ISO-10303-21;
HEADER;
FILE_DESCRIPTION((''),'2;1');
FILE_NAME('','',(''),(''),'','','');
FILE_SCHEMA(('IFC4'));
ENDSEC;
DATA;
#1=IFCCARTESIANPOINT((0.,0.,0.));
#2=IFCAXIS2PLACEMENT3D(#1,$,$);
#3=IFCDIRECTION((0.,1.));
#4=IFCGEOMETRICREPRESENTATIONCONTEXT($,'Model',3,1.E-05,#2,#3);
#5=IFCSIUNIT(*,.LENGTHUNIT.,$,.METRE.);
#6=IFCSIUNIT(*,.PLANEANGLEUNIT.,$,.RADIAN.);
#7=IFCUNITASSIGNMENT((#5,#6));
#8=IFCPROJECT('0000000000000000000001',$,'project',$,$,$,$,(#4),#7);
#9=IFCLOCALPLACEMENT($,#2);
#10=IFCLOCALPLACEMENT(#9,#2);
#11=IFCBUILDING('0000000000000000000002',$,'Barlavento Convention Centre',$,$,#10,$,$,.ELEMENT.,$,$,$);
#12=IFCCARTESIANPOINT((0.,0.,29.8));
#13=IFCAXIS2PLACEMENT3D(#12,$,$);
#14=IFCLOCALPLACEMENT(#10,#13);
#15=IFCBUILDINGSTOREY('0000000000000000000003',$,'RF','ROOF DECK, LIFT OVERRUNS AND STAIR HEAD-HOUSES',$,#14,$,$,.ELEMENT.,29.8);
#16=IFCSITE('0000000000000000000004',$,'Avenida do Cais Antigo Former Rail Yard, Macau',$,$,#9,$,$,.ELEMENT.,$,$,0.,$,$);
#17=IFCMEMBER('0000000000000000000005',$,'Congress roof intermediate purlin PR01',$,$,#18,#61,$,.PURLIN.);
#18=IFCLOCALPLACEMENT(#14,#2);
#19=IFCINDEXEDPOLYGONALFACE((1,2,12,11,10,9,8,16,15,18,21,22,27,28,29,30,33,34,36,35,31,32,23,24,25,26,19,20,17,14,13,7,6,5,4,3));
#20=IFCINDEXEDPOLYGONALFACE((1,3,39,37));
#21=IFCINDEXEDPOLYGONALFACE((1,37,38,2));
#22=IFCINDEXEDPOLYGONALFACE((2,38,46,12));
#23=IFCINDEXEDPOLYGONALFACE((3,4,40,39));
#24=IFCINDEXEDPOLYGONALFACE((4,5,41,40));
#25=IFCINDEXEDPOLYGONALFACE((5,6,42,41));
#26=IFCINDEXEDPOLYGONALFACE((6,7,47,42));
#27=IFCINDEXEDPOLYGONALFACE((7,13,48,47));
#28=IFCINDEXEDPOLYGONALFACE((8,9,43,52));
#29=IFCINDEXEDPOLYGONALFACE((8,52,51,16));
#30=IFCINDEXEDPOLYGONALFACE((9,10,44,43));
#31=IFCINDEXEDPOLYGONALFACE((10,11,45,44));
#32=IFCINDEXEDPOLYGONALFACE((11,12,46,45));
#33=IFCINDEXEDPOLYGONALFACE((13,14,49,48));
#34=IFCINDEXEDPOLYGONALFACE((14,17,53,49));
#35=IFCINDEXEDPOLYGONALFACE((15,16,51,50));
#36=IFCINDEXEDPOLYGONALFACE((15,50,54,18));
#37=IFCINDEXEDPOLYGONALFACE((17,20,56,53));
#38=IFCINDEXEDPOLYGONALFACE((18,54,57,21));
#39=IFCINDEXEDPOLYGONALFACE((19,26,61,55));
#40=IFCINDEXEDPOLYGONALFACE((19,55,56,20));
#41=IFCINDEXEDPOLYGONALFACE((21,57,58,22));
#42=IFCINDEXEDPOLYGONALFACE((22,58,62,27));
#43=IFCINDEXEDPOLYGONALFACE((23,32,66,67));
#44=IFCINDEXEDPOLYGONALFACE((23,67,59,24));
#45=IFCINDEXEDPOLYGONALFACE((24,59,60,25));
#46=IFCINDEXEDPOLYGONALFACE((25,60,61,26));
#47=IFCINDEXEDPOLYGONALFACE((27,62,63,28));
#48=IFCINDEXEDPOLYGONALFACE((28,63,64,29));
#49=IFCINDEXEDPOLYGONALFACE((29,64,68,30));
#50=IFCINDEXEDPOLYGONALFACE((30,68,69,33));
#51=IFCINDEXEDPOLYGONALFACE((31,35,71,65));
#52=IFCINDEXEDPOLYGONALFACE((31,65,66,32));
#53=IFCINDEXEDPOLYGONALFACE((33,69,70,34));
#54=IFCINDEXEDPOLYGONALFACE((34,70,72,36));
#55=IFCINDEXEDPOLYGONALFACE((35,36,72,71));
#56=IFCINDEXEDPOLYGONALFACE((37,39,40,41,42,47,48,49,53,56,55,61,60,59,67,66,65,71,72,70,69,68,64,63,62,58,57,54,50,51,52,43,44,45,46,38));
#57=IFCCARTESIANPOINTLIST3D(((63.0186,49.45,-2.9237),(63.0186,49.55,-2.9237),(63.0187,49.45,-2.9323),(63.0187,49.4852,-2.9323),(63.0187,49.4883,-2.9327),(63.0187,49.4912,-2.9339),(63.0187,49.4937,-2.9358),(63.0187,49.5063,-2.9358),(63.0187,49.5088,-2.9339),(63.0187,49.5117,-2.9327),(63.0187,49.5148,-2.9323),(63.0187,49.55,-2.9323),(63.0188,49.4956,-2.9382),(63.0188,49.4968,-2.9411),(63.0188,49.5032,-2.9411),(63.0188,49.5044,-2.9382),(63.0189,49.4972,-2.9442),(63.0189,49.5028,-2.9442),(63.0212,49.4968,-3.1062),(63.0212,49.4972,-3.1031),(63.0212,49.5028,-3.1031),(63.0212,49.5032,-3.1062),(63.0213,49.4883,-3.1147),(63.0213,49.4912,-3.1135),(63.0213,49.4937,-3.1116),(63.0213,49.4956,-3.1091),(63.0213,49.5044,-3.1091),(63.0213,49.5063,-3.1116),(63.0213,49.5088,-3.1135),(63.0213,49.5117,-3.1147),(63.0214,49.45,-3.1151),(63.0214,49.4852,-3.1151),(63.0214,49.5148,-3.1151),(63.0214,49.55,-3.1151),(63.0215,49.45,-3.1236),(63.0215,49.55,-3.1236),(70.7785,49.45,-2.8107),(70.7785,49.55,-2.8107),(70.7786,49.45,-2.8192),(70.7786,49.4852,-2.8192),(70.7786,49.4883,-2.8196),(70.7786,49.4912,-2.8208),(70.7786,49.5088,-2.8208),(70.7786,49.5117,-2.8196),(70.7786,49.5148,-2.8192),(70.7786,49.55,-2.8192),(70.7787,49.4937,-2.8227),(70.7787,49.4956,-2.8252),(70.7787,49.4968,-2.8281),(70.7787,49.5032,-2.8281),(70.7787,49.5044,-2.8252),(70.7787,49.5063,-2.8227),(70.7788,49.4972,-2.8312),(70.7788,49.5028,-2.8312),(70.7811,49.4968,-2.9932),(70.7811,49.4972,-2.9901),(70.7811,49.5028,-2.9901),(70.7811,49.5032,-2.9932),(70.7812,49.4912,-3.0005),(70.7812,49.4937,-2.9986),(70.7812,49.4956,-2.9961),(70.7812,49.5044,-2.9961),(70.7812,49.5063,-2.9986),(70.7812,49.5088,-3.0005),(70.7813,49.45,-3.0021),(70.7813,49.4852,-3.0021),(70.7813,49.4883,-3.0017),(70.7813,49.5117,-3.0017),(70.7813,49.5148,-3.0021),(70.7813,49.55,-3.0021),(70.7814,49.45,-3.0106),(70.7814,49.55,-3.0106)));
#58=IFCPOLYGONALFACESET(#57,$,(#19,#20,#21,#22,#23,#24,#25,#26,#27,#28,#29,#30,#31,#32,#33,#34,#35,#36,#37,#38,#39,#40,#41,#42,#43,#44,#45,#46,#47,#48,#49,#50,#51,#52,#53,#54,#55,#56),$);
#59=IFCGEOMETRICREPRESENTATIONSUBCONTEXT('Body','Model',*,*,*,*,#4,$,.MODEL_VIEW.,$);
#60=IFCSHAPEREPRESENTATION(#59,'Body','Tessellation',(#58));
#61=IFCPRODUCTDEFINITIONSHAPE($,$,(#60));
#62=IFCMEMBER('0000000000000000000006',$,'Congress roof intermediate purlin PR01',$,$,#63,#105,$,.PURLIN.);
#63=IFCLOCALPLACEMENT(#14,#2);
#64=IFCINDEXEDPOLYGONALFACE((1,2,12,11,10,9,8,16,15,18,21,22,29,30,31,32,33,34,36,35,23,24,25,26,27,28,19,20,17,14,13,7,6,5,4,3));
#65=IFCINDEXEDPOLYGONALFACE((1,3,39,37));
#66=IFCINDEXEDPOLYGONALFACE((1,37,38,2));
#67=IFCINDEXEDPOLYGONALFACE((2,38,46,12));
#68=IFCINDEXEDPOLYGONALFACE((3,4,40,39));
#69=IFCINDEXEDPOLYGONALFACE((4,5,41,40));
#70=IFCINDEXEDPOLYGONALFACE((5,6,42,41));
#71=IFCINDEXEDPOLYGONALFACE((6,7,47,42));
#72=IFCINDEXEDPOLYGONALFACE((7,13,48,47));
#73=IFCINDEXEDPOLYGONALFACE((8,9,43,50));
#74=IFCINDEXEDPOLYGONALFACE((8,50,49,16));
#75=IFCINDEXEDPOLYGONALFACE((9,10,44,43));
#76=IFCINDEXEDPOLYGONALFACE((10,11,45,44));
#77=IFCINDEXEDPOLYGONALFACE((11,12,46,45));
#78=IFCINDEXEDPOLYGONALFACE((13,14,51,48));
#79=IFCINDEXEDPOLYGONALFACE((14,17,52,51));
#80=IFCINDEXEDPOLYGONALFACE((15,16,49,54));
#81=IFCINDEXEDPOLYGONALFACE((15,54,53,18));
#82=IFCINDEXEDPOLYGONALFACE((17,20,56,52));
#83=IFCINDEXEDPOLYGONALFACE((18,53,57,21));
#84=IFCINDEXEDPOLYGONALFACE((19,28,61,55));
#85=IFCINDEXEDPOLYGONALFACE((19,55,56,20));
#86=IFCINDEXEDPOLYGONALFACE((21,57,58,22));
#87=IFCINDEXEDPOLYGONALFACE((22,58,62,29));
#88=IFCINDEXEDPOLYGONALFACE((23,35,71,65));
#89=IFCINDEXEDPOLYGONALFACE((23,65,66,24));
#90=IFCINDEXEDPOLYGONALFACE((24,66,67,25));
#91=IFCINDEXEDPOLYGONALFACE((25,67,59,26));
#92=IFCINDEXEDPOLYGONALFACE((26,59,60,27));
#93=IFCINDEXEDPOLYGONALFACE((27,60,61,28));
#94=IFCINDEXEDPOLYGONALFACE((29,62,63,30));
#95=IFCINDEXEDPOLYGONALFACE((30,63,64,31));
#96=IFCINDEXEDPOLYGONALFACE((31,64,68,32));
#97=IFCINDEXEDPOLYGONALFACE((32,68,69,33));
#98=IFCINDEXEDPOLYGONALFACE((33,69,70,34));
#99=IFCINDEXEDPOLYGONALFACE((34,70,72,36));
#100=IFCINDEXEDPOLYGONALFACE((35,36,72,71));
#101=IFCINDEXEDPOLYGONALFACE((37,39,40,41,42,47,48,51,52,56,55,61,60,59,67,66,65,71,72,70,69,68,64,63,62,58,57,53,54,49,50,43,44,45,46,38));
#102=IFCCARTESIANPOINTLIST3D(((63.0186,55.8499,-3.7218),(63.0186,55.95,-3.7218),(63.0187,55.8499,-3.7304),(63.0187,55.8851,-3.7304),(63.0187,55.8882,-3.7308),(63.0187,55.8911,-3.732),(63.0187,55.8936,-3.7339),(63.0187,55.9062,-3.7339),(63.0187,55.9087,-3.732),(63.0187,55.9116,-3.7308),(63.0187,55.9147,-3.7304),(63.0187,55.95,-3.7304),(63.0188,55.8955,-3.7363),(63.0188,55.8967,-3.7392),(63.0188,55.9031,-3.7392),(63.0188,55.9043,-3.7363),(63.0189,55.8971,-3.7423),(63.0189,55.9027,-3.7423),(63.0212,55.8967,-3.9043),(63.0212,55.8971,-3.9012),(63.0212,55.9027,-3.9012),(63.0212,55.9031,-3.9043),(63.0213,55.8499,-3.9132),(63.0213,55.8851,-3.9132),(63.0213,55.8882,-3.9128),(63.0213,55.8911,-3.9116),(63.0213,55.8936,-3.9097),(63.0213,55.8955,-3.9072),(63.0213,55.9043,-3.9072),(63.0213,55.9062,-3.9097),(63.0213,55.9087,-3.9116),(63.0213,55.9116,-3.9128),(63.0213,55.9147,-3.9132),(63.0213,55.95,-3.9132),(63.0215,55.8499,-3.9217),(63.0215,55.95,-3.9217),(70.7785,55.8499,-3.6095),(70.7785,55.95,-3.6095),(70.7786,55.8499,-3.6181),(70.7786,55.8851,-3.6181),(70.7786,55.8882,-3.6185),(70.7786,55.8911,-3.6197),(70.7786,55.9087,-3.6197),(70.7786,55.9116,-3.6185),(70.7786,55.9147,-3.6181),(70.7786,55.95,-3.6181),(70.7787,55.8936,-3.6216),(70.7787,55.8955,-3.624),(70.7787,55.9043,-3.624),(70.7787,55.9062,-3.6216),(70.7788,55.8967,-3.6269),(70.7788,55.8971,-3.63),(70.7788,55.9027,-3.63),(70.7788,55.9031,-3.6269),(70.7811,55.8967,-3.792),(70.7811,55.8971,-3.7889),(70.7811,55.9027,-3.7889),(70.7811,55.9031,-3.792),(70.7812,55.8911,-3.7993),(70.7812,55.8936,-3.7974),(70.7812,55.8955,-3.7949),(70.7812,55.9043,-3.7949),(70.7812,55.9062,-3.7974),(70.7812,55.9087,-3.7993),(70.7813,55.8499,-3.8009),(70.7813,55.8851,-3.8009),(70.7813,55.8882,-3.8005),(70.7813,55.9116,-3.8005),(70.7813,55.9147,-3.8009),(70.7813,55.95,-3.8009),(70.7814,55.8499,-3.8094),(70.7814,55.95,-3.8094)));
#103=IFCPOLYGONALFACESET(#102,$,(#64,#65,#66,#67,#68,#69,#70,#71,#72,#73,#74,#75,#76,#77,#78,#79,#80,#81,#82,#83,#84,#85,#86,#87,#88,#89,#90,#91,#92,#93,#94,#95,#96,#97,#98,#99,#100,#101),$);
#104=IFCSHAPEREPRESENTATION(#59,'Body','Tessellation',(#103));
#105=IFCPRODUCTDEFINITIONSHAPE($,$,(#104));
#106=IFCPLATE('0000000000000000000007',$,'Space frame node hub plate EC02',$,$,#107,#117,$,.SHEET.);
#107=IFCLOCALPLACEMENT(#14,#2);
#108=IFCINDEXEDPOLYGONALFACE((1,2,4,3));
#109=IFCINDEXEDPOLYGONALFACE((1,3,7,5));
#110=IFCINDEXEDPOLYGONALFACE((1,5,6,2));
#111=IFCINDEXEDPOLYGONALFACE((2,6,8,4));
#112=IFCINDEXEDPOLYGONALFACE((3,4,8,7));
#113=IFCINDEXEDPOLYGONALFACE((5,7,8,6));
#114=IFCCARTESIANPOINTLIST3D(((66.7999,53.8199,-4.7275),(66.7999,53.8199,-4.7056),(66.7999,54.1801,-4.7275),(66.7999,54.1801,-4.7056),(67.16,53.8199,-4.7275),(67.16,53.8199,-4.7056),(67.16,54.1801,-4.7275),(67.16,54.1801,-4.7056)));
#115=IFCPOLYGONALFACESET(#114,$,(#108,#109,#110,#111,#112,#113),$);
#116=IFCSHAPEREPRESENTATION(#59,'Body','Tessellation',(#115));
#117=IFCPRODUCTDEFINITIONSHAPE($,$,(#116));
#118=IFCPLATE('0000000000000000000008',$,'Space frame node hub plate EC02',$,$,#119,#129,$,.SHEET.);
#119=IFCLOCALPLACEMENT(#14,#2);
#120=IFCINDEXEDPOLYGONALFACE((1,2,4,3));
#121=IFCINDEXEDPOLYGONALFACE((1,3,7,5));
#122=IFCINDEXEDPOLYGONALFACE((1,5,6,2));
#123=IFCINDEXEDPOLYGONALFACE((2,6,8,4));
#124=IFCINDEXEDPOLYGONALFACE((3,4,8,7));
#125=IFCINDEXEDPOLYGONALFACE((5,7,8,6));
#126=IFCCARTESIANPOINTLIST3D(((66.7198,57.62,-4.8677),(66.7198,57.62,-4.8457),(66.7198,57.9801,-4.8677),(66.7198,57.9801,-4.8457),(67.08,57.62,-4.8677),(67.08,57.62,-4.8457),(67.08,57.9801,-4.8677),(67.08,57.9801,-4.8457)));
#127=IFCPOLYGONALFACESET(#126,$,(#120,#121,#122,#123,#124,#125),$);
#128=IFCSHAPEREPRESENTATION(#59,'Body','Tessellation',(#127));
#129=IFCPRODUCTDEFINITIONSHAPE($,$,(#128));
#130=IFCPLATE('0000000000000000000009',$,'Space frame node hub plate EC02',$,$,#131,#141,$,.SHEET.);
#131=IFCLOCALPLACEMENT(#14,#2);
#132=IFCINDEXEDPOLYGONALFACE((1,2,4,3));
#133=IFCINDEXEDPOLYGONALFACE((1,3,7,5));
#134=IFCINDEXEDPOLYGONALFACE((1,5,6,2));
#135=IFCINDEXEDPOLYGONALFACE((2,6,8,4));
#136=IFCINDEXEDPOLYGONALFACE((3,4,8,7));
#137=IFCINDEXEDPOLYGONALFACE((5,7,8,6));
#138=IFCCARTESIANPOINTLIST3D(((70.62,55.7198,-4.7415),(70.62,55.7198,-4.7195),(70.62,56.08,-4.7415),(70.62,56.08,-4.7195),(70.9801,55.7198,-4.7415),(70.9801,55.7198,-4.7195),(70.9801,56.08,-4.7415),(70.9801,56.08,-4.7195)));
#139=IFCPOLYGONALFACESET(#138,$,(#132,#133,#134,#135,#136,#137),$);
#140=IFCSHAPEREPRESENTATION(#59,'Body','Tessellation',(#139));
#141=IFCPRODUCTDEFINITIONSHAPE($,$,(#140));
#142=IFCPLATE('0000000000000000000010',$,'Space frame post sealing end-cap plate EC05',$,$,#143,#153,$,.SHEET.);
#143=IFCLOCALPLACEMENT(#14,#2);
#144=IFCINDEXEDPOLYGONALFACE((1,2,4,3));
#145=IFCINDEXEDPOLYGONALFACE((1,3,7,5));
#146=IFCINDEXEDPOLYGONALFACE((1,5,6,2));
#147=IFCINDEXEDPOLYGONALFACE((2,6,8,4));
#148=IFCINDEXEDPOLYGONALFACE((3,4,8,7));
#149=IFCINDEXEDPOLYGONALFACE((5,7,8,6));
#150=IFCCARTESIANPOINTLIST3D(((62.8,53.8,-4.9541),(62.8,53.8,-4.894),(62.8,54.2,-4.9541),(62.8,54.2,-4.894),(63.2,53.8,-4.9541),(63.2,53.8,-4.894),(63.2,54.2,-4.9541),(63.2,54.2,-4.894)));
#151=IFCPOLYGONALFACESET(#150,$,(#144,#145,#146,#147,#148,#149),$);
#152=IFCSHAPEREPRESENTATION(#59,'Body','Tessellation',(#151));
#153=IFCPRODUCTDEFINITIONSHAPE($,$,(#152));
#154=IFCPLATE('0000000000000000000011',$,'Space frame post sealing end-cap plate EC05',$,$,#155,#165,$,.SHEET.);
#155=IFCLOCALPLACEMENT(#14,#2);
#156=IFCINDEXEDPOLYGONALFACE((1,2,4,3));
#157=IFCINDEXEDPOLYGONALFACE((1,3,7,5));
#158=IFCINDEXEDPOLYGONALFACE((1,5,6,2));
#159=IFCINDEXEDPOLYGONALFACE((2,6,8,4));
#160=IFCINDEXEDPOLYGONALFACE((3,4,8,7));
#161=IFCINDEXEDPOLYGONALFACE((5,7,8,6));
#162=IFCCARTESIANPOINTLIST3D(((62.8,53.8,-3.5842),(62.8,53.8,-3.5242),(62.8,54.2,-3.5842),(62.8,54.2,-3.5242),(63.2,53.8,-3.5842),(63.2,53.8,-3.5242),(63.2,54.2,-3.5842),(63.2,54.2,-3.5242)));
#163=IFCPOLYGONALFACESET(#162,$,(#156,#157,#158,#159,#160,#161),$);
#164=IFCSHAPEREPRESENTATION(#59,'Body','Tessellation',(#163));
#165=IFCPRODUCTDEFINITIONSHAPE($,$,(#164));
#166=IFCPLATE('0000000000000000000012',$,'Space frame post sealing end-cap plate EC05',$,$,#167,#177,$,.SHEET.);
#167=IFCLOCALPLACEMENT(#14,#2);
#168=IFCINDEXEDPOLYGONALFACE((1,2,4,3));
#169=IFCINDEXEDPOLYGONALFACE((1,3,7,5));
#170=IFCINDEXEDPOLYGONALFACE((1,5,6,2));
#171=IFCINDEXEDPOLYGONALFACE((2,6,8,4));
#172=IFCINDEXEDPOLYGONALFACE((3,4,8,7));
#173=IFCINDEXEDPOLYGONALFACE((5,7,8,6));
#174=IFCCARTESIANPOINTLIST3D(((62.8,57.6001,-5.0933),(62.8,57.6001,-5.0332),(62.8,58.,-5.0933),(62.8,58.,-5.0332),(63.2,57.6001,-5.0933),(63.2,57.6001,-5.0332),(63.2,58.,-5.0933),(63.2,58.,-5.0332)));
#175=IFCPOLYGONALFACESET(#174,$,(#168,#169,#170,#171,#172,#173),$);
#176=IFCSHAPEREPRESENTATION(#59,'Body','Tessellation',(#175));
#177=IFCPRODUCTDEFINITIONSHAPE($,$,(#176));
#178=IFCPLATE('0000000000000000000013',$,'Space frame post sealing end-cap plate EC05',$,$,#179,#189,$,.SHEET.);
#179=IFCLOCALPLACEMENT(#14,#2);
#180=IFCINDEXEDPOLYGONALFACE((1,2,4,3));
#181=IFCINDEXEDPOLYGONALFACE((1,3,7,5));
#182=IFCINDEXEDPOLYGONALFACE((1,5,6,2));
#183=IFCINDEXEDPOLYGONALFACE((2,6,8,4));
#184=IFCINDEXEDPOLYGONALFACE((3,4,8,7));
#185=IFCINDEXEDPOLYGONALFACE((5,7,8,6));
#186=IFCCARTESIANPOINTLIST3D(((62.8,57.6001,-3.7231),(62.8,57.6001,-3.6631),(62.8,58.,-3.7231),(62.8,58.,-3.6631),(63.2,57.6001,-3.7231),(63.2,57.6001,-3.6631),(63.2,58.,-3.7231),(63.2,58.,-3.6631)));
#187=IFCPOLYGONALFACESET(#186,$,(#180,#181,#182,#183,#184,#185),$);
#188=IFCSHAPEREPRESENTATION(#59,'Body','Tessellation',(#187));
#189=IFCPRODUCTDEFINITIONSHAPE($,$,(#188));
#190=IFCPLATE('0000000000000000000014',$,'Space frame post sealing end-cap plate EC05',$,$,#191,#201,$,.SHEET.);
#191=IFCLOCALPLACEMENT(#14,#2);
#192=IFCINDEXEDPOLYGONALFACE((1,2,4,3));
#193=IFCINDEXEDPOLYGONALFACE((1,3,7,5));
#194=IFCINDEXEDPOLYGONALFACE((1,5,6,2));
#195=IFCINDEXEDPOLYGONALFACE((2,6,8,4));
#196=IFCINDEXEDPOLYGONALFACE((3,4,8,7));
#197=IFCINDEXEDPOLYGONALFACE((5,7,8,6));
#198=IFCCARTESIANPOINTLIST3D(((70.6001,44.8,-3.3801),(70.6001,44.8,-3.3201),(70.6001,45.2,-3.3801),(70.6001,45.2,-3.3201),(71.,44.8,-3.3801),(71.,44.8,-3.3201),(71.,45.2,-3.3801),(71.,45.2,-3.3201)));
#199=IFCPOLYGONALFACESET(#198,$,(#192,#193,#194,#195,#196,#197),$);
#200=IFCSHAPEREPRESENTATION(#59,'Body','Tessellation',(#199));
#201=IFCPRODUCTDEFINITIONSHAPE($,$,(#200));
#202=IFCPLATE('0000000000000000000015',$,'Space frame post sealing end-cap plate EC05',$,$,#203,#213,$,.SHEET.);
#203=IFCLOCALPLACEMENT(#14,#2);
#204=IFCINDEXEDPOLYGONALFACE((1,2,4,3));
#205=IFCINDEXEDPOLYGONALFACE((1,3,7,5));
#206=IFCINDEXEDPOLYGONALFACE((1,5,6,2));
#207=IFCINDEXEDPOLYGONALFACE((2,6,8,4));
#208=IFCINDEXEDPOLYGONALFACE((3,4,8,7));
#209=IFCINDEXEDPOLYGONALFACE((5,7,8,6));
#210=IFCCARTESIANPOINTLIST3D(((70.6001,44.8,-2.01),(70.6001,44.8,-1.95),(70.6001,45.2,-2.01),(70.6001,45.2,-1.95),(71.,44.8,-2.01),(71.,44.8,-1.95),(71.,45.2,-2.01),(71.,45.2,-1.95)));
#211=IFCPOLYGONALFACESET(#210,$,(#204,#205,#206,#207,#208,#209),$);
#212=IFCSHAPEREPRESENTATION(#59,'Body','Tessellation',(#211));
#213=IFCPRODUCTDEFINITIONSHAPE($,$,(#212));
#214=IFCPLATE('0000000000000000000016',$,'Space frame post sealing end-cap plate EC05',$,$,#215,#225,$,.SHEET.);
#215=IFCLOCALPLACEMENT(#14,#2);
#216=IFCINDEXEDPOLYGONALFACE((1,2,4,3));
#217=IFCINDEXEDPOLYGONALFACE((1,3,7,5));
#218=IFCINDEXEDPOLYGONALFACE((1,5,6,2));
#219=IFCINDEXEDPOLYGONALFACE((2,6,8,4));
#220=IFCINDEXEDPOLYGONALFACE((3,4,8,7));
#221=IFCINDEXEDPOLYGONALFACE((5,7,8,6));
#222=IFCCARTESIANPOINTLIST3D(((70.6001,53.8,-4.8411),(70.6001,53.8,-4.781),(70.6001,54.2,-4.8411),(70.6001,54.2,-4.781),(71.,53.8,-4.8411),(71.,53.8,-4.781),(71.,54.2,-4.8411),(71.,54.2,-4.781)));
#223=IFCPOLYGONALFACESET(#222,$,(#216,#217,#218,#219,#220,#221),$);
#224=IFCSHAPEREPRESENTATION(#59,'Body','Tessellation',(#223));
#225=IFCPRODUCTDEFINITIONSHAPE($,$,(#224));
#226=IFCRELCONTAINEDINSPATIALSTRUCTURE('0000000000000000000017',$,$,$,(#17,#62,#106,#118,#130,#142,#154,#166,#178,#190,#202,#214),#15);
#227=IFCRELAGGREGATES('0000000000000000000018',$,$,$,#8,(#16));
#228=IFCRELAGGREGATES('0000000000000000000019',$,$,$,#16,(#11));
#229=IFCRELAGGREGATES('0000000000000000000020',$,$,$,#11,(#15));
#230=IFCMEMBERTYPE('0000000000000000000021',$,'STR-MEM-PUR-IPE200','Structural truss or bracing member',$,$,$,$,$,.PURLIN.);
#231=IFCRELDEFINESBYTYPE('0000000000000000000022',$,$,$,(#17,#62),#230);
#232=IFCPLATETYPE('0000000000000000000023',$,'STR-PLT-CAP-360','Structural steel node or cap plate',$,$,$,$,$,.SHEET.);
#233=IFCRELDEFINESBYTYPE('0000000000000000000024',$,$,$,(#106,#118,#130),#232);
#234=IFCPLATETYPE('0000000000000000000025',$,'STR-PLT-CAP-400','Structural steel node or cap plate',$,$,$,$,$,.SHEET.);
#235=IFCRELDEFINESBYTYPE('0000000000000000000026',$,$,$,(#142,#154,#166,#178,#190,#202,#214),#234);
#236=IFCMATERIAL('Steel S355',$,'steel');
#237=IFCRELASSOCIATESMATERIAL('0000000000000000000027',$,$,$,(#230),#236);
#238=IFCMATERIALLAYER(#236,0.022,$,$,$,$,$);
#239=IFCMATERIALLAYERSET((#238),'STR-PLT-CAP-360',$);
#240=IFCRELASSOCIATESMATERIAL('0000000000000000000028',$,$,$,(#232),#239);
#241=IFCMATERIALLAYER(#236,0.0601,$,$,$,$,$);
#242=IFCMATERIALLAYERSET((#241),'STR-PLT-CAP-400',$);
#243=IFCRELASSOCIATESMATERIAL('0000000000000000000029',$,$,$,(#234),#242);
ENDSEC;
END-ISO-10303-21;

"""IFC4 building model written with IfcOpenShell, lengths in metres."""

from ifc_helpers import new_model, si_unit, direction, frame, origin, origin_2d, place, context, subcontext, project, spatial, rectangle, i_section, extrude, material, layer, layer_set, material_profile, profile_set, type_object, element, save


model = new_model("IFC4")

# Units and contexts
model_context = context("Model", 3, precision=1e-05, world=origin(), true_north=direction((0.0, 1.0)))
body_context = subcontext(model_context, "Body", "Model", "MODEL_VIEW")
ifc_project = project(units=[si_unit("LENGTHUNIT", "METRE"), si_unit("PLANEANGLEUNIT", "RADIAN")], contexts=[model_context])

# Site, building, storey
site_placement = place(None, origin())
site = spatial("IfcSite", under=ifc_project, at=site_placement, Name="Avenida do Cais Antigo Former Rail Yard, Macau", CompositionType="ELEMENT", RefElevation=0.0)
building_placement = place(site_placement, origin())
building = spatial("IfcBuilding", under=site, at=building_placement, Name="Barlavento Convention Centre", CompositionType="ELEMENT")
storey_placement = place(building_placement, frame((0.0, 0.0, 29.8)))
storey = spatial("IfcBuildingStorey", under=building, at=storey_placement, Name="RF", Description="ROOF DECK, LIFT OVERRUNS AND STAIR HEAD-HOUSES", CompositionType="ELEMENT", Elevation=29.8)

# Shared definitions
ifc_material = material(Name="Steel S355", Category="steel")

# Members
ifc_material_profile_1 = material_profile(ifc_material, i_section(OverallWidth=0.1001, OverallDepth=0.2, WebThickness=0.0056, FlangeThickness=0.0085, FilletRadius=0.012, at=origin_2d()), Name="IPE 200")
ifc_profile_set_1 = profile_set([ifc_material_profile_1], Name="Steel S355")
member_type_1 = type_object("IfcMemberType", Name="STR-MEM-PUR-IPE200", Description="Structural truss or bracing member", PredefinedType="PURLIN", material=ifc_profile_set_1)
for number, where, z_axis, x_axis, name in (
    (1, (63.02, 49.5, -3.0237), (0.999894, 0.0, 0.014565), (0.0, 1.0, 0.0), "Congress roof intermediate purlin PR01"),
    (2, (63.02, 55.8999, -3.8218), (0.999895, 0.0, 0.014471), (0.0, 1.0, 0.0), "Congress roof intermediate purlin PR01"),
):
    element("IfcMember", number, at=place(storey_placement, frame(where, z_axis=z_axis, x_axis=x_axis)), inside=storey, type_object=member_type_1, Name=name, PredefinedType="PURLIN", context=body_context, shape_type="SweptSolid", body=[
        extrude(i_section(OverallWidth=0.1001, OverallDepth=0.2, WebThickness=0.0056, FlangeThickness=0.0085, FilletRadius=0.012, at=origin_2d()), origin(), (0.0, 0.0, 1.0), 7.7607),
    ])

# Plates
ifc_layer_1 = layer(ifc_material, 0.022)
ifc_layer_set_1 = layer_set([ifc_layer_1], Name="STR-PLT-CAP-360")
plate_type_1 = type_object("IfcPlateType", Name="STR-PLT-CAP-360", Description="Structural steel node or cap plate", PredefinedType="SHEET", material=ifc_layer_set_1)
for number, where, z_axis, x_axis, name in (
    (3, (66.98, 54.0, -4.7275), (0.0, 0.0, 1.0), (1.0, 0.0, 0.0), "Space frame node hub plate EC02"),
    (4, (66.8999, 57.8, -4.8677), (0.0, 0.0, 1.0), (1.0, 0.0, 0.0), "Space frame node hub plate EC02"),
    (5, (70.8, 55.8999, -4.7415), (0.0, 0.0, 1.0), (1.0, 0.0, 0.0), "Space frame node hub plate EC02"),
):
    element("IfcPlate", number, at=place(storey_placement, frame(where, z_axis=z_axis, x_axis=x_axis)), inside=storey, type_object=plate_type_1, Name=name, PredefinedType="SHEET", context=body_context, shape_type="SweptSolid", body=[
        extrude(rectangle(XDim=0.3601, YDim=0.3601, at=origin_2d()), origin(), (0.0, 0.0, 1.0), 0.022),
    ])
ifc_layer_2 = layer(ifc_material, 0.0601)
ifc_layer_set_2 = layer_set([ifc_layer_2], Name="STR-PLT-CAP-400")
plate_type_2 = type_object("IfcPlateType", Name="STR-PLT-CAP-400", Description="Structural steel node or cap plate", PredefinedType="SHEET", material=ifc_layer_set_2)
for number, where, z_axis, x_axis, name in (
    (6, (63.0, 54.0, -4.9541), (0.0, 0.0, 1.0), (1.0, 0.0, 0.0), "Space frame post sealing end-cap plate EC05"),
    (7, (63.0, 54.0, -3.5842), (0.0, 0.0, 1.0), (1.0, 0.0, 0.0), "Space frame post sealing end-cap plate EC05"),
    (8, (63.0, 57.8, -5.0933), (0.0, 0.0, 1.0), (1.0, 0.0, 0.0), "Space frame post sealing end-cap plate EC05"),
    (9, (63.0, 57.8, -3.7231), (0.0, 0.0, 1.0), (1.0, 0.0, 0.0), "Space frame post sealing end-cap plate EC05"),
    (10, (70.8, 45.0, -3.3801), (0.0, 0.0, 1.0), (1.0, 0.0, 0.0), "Space frame post sealing end-cap plate EC05"),
    (11, (70.8, 45.0, -2.01), (0.0, 0.0, 1.0), (1.0, 0.0, 0.0), "Space frame post sealing end-cap plate EC05"),
    (12, (70.8, 54.0, -4.8411), (0.0, 0.0, 1.0), (1.0, 0.0, 0.0), "Space frame post sealing end-cap plate EC05"),
):
    element("IfcPlate", number, at=place(storey_placement, frame(where, z_axis=z_axis, x_axis=x_axis)), inside=storey, type_object=plate_type_2, Name=name, PredefinedType="SHEET", context=body_context, shape_type="SweptSolid", body=[
        extrude(rectangle(XDim=0.3999, YDim=0.3999, at=origin_2d()), origin(), (0.0, 0.0, 1.0), 0.0601),
    ])

save(model, "model.ifc")
